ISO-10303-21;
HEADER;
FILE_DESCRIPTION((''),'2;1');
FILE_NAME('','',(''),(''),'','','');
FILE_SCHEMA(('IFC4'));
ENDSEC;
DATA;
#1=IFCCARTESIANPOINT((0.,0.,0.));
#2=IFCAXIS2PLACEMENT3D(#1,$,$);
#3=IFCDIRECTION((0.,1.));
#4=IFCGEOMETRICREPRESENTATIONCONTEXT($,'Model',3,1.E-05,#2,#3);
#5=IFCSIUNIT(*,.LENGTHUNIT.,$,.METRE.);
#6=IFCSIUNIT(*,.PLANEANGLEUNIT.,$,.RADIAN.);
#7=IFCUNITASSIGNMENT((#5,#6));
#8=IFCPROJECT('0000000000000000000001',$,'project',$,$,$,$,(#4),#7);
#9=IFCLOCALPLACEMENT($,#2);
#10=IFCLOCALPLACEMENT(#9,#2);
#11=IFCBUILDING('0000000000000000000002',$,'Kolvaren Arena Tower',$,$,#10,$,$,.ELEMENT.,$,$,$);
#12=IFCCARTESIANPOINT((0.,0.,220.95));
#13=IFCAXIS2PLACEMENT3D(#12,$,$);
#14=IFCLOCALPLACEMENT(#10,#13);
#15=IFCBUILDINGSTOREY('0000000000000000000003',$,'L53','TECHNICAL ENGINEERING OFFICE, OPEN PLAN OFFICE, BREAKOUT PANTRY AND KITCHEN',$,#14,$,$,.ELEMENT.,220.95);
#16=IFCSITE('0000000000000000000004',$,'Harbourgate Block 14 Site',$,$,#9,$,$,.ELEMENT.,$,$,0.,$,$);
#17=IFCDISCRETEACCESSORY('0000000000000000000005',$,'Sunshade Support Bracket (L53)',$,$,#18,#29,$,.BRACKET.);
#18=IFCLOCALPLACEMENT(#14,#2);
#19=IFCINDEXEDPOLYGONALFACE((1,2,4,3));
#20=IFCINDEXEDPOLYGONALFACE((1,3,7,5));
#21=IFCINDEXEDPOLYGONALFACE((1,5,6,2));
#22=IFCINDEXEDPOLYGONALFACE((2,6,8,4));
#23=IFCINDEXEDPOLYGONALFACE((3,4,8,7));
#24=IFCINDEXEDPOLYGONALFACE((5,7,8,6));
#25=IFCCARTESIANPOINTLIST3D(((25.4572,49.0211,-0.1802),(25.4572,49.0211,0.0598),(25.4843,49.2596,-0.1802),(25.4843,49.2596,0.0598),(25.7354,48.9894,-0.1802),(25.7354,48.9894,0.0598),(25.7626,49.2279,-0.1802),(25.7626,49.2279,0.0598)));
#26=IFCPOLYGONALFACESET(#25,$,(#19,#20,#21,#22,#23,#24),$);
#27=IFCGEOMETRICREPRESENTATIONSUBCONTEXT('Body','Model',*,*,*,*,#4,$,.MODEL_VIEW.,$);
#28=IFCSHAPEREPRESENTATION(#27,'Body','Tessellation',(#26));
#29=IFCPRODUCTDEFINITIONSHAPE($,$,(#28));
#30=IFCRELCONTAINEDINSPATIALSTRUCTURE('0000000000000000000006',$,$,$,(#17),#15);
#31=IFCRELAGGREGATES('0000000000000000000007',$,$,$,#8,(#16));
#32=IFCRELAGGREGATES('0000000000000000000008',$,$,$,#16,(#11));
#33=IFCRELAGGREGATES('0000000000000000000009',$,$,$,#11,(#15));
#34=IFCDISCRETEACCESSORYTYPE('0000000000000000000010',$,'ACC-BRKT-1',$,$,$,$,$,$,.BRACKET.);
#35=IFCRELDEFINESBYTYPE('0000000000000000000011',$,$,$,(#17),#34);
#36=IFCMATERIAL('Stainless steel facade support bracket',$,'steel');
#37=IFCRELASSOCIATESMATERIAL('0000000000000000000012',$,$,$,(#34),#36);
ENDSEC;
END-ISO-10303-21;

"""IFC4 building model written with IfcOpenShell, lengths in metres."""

from ifc_helpers import new_model, si_unit, direction, frame, origin, origin_2d, place, context, subcontext, project, spatial, rectangle, extrude, material, type_object, element, save


model = new_model("IFC4")

# Units and contexts
model_context = context("Model", 3, precision=1e-05, world=origin(), true_north=direction((0.0, 1.0)))
body_context = subcontext(model_context, "Body", "Model", "MODEL_VIEW")
ifc_project = project(units=[si_unit("LENGTHUNIT", "METRE"), si_unit("PLANEANGLEUNIT", "RADIAN")], contexts=[model_context])

# Site, building, storey
site_placement = place(None, origin())
site = spatial("IfcSite", under=ifc_project, at=site_placement, Name="Harbourgate Block 14 Site", CompositionType="ELEMENT", RefElevation=0.0)
building_placement = place(site_placement, origin())
building = spatial("IfcBuilding", under=site, at=building_placement, Name="Kolvaren Arena Tower", CompositionType="ELEMENT")
storey_placement = place(building_placement, frame((0.0, 0.0, 220.95)))
storey = spatial("IfcBuildingStorey", under=building, at=storey_placement, Name="L53", Description="TECHNICAL ENGINEERING OFFICE, OPEN PLAN OFFICE, BREAKOUT PANTRY AND KITCHEN", CompositionType="ELEMENT", Elevation=220.95)

# Discrete accessory
ifc_material_1 = material(Name="Stainless steel facade support bracket", Category="steel")
discrete_accessory_type = type_object("IfcDiscreteAccessoryType", Name="ACC-BRKT-1", PredefinedType="BRACKET", material=ifc_material_1)
discrete_accessory_placement = place(storey_placement, frame((25.6099, 49.1245, -0.1802), z_axis=(0.0, 0.0, 1.0), x_axis=(0.993572, -0.113205, 0.0)))
element("IfcDiscreteAccessory", 1, at=discrete_accessory_placement, inside=storey, type_object=discrete_accessory_type, Name="Sunshade Support Bracket (L53)", PredefinedType="BRACKET", context=body_context, shape_type="SweptSolid", body=[
    extrude(rectangle(XDim=0.28, YDim=0.24, at=origin_2d()), origin(), (0.0, 0.0, 1.0), 0.24),
])

save(model, "model.ifc")
